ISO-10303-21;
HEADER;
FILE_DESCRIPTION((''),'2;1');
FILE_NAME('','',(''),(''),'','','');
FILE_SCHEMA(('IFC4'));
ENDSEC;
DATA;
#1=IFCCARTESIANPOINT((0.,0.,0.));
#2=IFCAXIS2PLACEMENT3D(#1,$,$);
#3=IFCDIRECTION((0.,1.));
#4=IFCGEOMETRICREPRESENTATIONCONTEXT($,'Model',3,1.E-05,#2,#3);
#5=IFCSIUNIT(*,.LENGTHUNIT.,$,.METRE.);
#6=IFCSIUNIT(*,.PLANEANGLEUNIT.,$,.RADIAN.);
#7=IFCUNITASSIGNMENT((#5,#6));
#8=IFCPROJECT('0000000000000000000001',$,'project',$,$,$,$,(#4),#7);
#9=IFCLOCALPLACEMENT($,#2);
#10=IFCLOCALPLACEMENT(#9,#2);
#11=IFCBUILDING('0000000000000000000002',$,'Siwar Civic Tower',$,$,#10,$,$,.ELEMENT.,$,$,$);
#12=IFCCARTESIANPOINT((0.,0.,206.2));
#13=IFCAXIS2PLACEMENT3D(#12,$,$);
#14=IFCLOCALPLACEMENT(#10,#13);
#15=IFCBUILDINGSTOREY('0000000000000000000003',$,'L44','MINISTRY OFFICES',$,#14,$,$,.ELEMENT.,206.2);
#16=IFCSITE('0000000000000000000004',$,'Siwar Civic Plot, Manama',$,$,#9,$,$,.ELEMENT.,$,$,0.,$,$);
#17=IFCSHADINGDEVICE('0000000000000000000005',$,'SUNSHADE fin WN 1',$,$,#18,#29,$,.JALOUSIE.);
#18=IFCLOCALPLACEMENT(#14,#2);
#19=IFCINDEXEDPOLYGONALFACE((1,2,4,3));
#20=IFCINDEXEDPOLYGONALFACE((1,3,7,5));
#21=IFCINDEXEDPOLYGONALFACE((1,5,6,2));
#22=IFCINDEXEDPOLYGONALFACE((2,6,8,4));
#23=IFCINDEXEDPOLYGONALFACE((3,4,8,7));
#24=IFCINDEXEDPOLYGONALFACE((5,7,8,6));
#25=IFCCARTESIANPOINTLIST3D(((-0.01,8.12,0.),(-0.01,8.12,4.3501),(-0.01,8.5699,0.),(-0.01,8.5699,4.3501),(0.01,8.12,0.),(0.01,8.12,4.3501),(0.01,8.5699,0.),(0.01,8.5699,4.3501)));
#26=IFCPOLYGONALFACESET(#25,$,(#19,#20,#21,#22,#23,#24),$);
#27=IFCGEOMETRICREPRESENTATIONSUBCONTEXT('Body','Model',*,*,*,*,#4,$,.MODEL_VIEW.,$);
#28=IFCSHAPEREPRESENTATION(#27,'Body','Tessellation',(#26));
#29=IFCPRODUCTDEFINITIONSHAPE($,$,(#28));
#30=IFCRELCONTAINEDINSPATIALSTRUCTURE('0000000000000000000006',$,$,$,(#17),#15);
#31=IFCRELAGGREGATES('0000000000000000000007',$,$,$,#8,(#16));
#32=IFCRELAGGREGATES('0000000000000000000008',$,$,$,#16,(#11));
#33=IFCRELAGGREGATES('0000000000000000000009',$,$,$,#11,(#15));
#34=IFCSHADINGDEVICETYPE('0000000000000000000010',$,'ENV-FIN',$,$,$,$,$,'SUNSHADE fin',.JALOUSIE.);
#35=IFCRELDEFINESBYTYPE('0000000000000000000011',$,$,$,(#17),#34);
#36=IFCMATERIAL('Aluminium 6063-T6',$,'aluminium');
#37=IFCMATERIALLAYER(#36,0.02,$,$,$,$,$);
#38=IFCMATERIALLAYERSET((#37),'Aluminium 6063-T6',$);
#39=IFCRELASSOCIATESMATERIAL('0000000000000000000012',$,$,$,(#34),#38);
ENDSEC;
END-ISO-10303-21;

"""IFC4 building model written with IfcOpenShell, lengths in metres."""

from ifc_helpers import new_model, si_unit, direction, frame, origin, origin_2d, place, context, subcontext, project, spatial, rectangle, extrude, material, layer, layer_set, type_object, element, save


model = new_model("IFC4")

# Units and contexts
model_context = context("Model", 3, precision=1e-05, world=origin(), true_north=direction((0.0, 1.0)))
body_context = subcontext(model_context, "Body", "Model", "MODEL_VIEW")
ifc_project = project(units=[si_unit("LENGTHUNIT", "METRE"), si_unit("PLANEANGLEUNIT", "RADIAN")], contexts=[model_context])

# Site, building, storey
site_placement = place(None, origin())
site = spatial("IfcSite", under=ifc_project, at=site_placement, Name="Siwar Civic Plot, Manama", CompositionType="ELEMENT", RefElevation=0.0)
building_placement = place(site_placement, origin())
building = spatial("IfcBuilding", under=site, at=building_placement, Name="Siwar Civic Tower", CompositionType="ELEMENT")
storey_placement = place(building_placement, frame((0.0, 0.0, 206.2)))
storey = spatial("IfcBuildingStorey", under=building, at=storey_placement, Name="L44", Description="MINISTRY OFFICES", CompositionType="ELEMENT", Elevation=206.2)

# Shading device
ifc_material_1 = material(Name="Aluminium 6063-T6", Category="aluminium")
ifc_layer_1 = layer(ifc_material_1, 0.02)
ifc_layer_set_1 = layer_set([ifc_layer_1], Name="Aluminium 6063-T6")
shading_device_type = type_object("IfcShadingDeviceType", Name="ENV-FIN", ElementType="SUNSHADE fin", PredefinedType="JALOUSIE", material=ifc_layer_set_1)
shading_device_placement = place(storey_placement, frame((0.0, 8.345, 0.0), z_axis=(0.0, 0.0, 1.0), x_axis=(-1.0, 0.0, 0.0)))
element("IfcShadingDevice", 1, at=shading_device_placement, inside=storey, type_object=shading_device_type, Name="SUNSHADE fin WN 1", PredefinedType="JALOUSIE", context=body_context, shape_type="SweptSolid", body=[
    extrude(rectangle(XDim=0.02, YDim=0.45, at=origin_2d()), origin(), (0.0, 0.0, 1.0), 4.3501),
])

save(model, "model.ifc")
